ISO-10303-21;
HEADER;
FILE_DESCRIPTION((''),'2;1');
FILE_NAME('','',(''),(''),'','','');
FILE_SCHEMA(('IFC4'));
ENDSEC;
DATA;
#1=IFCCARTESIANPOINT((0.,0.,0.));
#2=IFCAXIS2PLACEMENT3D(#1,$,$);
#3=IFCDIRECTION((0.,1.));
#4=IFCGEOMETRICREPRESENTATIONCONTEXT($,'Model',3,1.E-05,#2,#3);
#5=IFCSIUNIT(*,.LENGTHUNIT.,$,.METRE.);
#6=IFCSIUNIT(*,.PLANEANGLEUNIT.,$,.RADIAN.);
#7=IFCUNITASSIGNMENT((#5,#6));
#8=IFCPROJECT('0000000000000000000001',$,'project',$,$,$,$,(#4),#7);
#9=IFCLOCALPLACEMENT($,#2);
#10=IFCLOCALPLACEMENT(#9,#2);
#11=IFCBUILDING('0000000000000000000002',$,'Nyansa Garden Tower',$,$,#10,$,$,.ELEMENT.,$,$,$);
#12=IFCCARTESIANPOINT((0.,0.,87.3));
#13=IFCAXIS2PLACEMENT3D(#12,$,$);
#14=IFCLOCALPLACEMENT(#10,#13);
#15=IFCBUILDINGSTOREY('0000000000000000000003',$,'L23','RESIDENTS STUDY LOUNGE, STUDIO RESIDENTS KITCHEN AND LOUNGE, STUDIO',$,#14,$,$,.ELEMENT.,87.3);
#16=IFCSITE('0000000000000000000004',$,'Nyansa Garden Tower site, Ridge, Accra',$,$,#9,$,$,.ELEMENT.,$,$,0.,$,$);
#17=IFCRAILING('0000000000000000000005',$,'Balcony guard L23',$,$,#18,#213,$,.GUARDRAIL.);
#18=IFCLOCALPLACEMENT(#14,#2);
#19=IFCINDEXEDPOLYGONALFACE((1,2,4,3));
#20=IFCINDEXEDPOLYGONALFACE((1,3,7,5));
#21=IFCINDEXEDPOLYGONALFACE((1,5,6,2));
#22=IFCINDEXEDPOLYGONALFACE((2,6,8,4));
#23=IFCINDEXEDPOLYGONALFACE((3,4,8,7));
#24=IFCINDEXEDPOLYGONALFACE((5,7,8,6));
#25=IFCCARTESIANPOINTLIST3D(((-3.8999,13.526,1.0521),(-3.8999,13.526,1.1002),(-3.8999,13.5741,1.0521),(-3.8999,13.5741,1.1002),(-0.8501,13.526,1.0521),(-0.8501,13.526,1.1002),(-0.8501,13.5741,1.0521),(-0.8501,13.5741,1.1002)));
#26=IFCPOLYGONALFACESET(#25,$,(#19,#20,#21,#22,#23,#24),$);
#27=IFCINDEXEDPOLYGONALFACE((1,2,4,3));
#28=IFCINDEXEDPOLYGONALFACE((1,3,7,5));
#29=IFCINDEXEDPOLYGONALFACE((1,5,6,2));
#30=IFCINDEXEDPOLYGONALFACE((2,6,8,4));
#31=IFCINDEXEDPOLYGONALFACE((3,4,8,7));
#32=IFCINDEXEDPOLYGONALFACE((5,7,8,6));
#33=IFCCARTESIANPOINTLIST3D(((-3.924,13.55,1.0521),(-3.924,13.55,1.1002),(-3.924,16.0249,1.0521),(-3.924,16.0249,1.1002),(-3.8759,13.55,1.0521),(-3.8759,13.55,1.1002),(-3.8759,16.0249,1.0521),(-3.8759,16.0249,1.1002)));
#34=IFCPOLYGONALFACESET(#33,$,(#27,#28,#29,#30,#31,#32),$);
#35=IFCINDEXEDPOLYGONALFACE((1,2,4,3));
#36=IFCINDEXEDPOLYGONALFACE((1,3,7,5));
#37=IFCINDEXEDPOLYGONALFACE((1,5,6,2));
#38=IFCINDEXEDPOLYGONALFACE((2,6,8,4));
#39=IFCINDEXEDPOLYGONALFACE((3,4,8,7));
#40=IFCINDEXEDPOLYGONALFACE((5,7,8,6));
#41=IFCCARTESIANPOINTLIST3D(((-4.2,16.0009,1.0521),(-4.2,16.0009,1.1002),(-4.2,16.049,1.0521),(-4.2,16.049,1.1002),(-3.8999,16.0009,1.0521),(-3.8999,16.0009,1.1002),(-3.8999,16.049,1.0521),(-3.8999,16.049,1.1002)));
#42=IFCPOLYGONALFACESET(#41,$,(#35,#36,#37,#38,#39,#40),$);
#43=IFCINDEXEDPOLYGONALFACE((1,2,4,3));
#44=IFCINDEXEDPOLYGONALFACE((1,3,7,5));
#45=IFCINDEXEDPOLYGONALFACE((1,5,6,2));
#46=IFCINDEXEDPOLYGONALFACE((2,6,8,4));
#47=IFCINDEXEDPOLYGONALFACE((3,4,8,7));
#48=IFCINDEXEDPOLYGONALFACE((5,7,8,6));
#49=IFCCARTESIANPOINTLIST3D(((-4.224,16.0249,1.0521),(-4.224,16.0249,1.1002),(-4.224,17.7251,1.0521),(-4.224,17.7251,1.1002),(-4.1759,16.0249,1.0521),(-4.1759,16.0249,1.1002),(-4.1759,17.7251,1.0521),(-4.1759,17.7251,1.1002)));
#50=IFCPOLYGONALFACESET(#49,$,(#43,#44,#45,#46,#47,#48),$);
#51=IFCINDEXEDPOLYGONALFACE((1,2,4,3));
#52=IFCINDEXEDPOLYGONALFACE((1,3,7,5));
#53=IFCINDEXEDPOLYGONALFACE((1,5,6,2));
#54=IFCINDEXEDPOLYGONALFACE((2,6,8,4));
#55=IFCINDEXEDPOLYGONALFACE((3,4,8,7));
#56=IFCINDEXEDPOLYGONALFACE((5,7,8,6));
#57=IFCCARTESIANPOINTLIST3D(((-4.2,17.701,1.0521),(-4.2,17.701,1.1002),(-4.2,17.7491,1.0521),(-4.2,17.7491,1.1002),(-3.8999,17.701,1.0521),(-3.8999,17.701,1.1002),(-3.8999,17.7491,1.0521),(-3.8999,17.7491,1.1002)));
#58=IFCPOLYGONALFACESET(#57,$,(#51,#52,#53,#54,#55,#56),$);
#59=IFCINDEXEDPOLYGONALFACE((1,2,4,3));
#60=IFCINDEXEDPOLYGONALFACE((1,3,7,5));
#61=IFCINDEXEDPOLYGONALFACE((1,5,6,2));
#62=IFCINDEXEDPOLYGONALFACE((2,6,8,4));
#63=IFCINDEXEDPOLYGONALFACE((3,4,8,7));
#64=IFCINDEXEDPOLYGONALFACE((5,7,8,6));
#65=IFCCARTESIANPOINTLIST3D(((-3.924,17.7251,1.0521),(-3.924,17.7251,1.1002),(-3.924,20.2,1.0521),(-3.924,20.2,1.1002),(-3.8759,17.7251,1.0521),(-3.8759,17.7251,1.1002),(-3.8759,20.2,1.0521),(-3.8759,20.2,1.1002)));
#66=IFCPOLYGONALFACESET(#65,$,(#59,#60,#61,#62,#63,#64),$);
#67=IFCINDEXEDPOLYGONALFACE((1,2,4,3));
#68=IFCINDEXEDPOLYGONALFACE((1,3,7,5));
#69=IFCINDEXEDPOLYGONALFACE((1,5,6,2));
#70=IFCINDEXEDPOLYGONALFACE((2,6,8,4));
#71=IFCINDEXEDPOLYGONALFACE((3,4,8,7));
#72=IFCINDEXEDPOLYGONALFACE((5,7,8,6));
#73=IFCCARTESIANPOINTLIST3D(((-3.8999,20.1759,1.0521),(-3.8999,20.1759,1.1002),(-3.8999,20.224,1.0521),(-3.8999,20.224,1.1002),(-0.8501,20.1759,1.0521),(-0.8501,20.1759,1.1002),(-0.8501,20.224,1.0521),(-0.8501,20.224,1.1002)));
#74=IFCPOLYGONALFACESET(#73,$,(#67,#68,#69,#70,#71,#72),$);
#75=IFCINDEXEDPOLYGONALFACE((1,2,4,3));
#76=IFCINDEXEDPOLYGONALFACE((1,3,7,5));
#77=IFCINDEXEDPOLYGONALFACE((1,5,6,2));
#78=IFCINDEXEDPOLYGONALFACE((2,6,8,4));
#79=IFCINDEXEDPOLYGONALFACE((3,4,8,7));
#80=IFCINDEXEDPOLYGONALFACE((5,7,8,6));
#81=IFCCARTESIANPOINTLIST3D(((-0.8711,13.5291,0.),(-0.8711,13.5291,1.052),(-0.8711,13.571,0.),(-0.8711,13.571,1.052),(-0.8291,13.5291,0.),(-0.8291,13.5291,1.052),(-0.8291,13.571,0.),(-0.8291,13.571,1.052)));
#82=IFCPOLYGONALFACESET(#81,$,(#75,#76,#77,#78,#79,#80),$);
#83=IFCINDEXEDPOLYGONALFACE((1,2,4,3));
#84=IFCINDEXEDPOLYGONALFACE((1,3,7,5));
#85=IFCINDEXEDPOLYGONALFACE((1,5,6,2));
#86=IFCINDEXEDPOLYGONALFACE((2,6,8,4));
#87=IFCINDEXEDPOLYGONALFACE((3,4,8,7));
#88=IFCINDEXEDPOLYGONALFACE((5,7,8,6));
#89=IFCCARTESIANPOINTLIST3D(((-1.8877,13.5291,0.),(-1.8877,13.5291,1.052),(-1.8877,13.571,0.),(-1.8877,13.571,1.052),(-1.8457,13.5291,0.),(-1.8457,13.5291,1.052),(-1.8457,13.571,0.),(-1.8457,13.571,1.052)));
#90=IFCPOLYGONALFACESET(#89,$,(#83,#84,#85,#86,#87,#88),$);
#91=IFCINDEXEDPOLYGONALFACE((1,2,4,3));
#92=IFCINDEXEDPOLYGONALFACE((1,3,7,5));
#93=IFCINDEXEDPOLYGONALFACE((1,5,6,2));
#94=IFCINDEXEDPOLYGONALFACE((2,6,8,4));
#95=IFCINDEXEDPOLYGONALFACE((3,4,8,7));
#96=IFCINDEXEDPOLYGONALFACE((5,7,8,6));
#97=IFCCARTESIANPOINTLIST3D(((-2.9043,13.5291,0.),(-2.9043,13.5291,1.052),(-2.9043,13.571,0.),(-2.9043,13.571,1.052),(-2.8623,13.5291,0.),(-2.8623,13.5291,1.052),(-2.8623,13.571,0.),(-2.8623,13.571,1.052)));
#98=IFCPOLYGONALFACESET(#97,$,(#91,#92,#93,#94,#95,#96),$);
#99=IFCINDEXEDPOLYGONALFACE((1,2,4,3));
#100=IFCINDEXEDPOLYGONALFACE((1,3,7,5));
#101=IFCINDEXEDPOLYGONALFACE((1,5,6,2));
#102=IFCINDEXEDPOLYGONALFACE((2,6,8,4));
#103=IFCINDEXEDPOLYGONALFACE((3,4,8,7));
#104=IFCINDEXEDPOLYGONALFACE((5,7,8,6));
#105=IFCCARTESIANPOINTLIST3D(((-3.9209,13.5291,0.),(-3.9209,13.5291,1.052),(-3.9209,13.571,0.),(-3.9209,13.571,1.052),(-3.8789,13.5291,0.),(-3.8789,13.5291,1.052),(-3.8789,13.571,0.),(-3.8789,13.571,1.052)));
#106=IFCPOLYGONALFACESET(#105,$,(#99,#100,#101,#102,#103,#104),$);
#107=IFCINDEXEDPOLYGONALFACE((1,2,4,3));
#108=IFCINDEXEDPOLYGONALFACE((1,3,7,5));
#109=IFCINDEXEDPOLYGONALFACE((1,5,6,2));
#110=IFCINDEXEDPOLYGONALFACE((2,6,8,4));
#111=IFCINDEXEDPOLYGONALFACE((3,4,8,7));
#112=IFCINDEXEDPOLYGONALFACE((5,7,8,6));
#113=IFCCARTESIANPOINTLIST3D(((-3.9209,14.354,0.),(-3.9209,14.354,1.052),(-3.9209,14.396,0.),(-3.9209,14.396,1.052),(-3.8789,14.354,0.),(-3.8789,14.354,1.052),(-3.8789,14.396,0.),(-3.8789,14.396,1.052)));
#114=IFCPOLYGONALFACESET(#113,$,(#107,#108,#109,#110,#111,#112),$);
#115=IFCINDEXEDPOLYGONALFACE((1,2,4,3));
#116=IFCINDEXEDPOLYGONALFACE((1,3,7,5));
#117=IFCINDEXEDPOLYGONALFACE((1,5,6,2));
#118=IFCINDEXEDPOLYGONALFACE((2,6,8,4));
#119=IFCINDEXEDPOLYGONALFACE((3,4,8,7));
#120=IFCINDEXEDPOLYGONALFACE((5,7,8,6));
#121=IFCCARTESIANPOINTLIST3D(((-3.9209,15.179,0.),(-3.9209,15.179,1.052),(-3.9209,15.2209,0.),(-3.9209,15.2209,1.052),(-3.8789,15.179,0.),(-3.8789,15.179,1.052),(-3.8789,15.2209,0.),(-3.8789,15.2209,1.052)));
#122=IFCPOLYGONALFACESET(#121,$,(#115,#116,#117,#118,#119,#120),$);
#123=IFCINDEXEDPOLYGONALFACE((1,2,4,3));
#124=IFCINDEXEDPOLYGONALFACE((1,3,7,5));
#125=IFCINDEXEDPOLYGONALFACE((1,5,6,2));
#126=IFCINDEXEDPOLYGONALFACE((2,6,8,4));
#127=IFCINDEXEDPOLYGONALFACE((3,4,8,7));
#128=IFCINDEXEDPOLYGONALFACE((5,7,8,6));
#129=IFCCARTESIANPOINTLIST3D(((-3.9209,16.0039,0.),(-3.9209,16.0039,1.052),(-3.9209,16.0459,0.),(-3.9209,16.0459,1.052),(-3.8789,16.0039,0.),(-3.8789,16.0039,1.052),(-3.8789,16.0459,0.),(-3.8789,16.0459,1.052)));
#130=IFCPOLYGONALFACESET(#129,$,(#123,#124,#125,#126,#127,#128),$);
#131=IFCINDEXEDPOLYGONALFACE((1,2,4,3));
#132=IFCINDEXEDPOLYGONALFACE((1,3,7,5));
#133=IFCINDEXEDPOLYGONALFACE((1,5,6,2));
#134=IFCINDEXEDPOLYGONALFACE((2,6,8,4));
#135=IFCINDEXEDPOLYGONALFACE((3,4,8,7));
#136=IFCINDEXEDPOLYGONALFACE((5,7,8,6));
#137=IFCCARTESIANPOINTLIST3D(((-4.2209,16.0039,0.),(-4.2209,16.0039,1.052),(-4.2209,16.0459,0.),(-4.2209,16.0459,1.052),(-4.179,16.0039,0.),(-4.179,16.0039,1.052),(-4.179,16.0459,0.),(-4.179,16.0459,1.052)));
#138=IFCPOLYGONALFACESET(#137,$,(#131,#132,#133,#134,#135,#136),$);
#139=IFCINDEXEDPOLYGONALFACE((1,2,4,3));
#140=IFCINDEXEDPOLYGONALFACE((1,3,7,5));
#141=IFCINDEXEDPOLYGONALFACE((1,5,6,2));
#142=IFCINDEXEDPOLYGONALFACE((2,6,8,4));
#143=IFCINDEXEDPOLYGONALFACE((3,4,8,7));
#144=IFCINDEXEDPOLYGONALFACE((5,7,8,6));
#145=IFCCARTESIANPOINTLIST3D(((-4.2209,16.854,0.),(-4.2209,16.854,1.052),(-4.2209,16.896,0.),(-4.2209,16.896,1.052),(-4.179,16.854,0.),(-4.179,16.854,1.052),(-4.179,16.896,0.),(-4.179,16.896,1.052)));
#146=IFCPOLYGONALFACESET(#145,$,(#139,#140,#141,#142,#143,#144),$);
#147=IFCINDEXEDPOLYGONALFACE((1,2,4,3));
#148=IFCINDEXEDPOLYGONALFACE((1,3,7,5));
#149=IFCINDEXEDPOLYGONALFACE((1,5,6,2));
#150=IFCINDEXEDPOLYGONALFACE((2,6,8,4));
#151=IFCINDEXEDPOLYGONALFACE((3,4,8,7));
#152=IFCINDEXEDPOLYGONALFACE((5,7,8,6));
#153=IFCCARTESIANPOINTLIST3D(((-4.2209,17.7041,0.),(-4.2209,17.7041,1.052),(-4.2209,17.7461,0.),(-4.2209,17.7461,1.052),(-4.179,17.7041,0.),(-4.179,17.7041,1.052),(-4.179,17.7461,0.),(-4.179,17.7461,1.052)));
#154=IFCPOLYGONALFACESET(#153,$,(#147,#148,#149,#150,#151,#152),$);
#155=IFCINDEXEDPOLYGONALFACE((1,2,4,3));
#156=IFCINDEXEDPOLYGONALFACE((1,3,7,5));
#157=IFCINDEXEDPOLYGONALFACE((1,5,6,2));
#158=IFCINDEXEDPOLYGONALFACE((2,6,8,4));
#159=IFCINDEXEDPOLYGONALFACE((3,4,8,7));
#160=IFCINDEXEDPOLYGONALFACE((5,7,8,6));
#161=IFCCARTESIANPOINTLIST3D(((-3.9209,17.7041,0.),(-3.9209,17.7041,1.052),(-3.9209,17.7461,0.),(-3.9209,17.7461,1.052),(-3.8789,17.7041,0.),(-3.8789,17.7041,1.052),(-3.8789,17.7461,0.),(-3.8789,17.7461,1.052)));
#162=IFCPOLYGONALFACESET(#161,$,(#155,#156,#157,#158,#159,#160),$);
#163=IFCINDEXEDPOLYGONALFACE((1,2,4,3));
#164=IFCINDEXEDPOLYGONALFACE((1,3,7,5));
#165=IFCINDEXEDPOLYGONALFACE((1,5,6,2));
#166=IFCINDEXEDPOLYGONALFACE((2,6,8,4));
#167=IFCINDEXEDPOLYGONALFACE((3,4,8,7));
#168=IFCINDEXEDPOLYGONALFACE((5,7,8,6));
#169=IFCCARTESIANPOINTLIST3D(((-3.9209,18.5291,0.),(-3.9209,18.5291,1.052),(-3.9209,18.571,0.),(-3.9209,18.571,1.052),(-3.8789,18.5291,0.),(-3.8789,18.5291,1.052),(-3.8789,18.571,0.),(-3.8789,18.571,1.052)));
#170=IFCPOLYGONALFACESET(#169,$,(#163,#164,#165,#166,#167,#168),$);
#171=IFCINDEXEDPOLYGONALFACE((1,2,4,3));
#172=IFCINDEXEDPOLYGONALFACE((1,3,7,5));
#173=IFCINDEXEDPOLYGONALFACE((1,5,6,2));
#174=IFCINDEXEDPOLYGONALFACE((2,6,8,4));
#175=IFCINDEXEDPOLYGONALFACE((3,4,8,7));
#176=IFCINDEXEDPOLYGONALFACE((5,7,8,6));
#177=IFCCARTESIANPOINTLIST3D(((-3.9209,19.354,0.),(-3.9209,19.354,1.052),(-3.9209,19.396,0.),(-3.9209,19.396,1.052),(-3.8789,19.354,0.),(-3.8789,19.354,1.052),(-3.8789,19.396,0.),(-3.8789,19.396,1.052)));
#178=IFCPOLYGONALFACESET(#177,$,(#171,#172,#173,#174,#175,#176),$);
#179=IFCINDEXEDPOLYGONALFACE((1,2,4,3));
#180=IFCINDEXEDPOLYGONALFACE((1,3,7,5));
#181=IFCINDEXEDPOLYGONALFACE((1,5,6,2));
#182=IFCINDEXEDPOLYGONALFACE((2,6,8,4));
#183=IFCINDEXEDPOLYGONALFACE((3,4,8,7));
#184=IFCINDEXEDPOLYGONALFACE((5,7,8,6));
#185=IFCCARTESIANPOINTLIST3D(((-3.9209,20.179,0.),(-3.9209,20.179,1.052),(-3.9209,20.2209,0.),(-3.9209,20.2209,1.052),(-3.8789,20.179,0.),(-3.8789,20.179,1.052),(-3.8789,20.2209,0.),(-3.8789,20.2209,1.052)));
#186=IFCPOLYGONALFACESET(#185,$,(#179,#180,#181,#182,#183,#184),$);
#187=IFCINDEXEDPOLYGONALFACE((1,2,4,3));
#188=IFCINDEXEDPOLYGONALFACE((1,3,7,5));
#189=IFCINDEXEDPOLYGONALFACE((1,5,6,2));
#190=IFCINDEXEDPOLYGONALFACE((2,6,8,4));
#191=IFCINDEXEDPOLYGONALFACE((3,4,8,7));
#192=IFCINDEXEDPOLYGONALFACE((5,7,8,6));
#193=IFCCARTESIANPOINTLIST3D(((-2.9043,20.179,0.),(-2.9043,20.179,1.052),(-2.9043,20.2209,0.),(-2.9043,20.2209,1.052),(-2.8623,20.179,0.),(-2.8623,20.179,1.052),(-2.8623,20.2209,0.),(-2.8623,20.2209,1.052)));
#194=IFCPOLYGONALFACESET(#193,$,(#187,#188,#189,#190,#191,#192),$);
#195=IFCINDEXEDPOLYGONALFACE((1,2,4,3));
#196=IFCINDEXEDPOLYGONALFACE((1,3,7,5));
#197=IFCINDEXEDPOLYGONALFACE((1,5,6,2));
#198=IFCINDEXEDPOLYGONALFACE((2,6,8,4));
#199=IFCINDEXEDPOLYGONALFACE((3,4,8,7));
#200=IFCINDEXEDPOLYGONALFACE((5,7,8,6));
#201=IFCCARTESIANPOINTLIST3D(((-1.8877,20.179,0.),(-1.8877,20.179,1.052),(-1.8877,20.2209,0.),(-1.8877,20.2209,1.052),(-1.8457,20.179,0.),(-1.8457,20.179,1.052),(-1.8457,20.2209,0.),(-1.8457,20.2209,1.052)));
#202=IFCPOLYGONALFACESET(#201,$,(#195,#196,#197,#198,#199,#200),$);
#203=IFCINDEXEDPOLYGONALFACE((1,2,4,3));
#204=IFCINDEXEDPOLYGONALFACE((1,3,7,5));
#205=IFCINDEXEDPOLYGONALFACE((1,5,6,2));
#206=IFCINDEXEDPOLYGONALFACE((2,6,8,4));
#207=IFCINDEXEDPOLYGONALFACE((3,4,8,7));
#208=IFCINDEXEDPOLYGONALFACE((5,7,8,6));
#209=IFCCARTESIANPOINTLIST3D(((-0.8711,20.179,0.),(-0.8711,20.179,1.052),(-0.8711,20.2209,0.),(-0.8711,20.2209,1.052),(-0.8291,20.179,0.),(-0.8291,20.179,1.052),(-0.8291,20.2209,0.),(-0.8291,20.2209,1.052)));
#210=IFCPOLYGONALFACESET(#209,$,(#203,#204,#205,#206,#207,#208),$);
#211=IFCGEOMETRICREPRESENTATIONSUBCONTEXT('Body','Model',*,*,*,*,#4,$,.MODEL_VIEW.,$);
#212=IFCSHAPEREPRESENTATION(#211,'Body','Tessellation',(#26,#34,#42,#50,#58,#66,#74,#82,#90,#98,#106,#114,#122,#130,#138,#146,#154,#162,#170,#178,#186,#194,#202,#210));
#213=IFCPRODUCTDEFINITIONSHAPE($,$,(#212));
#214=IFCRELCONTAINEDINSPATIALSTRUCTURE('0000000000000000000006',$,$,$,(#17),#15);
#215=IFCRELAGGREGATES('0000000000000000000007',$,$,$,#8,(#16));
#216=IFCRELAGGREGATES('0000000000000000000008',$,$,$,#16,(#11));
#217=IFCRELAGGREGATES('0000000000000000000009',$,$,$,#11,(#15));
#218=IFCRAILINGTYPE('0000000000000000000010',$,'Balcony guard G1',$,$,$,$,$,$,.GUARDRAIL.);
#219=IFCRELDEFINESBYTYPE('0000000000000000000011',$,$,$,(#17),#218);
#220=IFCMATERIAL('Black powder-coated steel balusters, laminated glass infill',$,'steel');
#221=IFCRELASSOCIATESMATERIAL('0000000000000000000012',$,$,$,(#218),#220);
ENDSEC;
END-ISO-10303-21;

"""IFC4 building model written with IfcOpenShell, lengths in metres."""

from ifc_helpers import new_model, si_unit, direction, frame, origin, origin_2d, place, context, subcontext, project, spatial, rectangle, extrude, material, type_object, element, save


model = new_model("IFC4")

# Units and contexts
model_context = context("Model", 3, precision=1e-05, world=origin(), true_north=direction((0.0, 1.0)))
body_context = subcontext(model_context, "Body", "Model", "MODEL_VIEW")
ifc_project = project(units=[si_unit("LENGTHUNIT", "METRE"), si_unit("PLANEANGLEUNIT", "RADIAN")], contexts=[model_context])

# Site, building, storey
site_placement = place(None, origin())
site = spatial("IfcSite", under=ifc_project, at=site_placement, Name="Nyansa Garden Tower site, Ridge, Accra", CompositionType="ELEMENT", RefElevation=0.0)
building_placement = place(site_placement, origin())
building = spatial("IfcBuilding", under=site, at=building_placement, Name="Nyansa Garden Tower", CompositionType="ELEMENT")
storey_placement = place(building_placement, frame((0.0, 0.0, 87.3)))
storey = spatial("IfcBuildingStorey", under=building, at=storey_placement, Name="L23", Description="RESIDENTS STUDY LOUNGE, STUDIO RESIDENTS KITCHEN AND LOUNGE, STUDIO", CompositionType="ELEMENT", Elevation=87.3)

# Railing
ifc_material_1 = material(Name="Black powder-coated steel balusters, laminated glass infill", Category="steel")
railing_type = type_object("IfcRailingType", Name="Balcony guard G1", PredefinedType="GUARDRAIL", material=ifc_material_1)
railing_placement = place(storey_placement, frame((-0.8501, 13.55, 0.0)))
element("IfcRailing", 1, at=railing_placement, inside=storey, type_object=railing_type, Name="Balcony guard L23", PredefinedType="GUARDRAIL", context=body_context, shape_type="SweptSolid", body=[
    extrude(rectangle(XDim=0.0481, YDim=0.0481, at=origin_2d()), frame((0.0, 0.0, 1.0762), z_axis=(-1.0, 0.0, 0.0), x_axis=(0.0, -1.0, 0.0)), (0.0, 0.0, 1.0), 3.0498),
    extrude(rectangle(XDim=0.0481, YDim=0.0481, at=origin_2d()), frame((-3.0498, 0.0, 1.0762), z_axis=(0.0, 1.0, 0.0), x_axis=(-1.0, 0.0, 0.0)), (0.0, 0.0, 1.0), 2.4749),
    extrude(rectangle(XDim=0.0481, YDim=0.0481, at=origin_2d()), frame((-3.0498, 2.4749, 1.0762), z_axis=(-1.0, 0.0, 0.0), x_axis=(0.0, -1.0, 0.0)), (0.0, 0.0, 1.0), 0.3),
    extrude(rectangle(XDim=0.0481, YDim=0.0481, at=origin_2d()), frame((-3.3499, 2.4749, 1.0762), z_axis=(0.0, 1.0, 0.0), x_axis=(-1.0, 0.0, 0.0)), (0.0, 0.0, 1.0), 1.7002),
    extrude(rectangle(XDim=0.0481, YDim=0.0481, at=origin_2d()), frame((-3.3499, 4.175, 1.0762), z_axis=(1.0, 0.0, 0.0), x_axis=(0.0, 1.0, 0.0)), (0.0, 0.0, 1.0), 0.3),
    extrude(rectangle(XDim=0.0481, YDim=0.0481, at=origin_2d()), frame((-3.0498, 4.175, 1.0762), z_axis=(0.0, 1.0, 0.0), x_axis=(-1.0, 0.0, 0.0)), (0.0, 0.0, 1.0), 2.4749),
    extrude(rectangle(XDim=0.0481, YDim=0.0481, at=origin_2d()), frame((-3.0498, 6.6499, 1.0762), z_axis=(1.0, 0.0, 0.0), x_axis=(0.0, 1.0, 0.0)), (0.0, 0.0, 1.0), 3.0498),
    extrude(rectangle(XDim=0.042, YDim=0.042, at=origin_2d()), origin(), (0.0, 0.0, 1.0), 1.052),
    extrude(rectangle(XDim=0.042, YDim=0.042, at=origin_2d()), frame((-1.0166, 0.0, 0.0)), (0.0, 0.0, 1.0), 1.052),
    extrude(rectangle(XDim=0.042, YDim=0.042, at=origin_2d()), frame((-2.0332, 0.0, 0.0)), (0.0, 0.0, 1.0), 1.052),
    extrude(rectangle(XDim=0.042, YDim=0.042, at=origin_2d()), frame((-3.0498, 0.0, 0.0)), (0.0, 0.0, 1.0), 1.052),
    extrude(rectangle(XDim=0.042, YDim=0.042, at=origin_2d()), frame((-3.0498, 0.825, 0.0)), (0.0, 0.0, 1.0), 1.052),
    extrude(rectangle(XDim=0.042, YDim=0.042, at=origin_2d()), frame((-3.0498, 1.6499, 0.0)), (0.0, 0.0, 1.0), 1.052),
    extrude(rectangle(XDim=0.042, YDim=0.042, at=origin_2d()), frame((-3.0498, 2.4749, 0.0)), (0.0, 0.0, 1.0), 1.052),
    extrude(rectangle(XDim=0.042, YDim=0.042, at=origin_2d()), frame((-3.3499, 2.4749, 0.0)), (0.0, 0.0, 1.0), 1.052),
    extrude(rectangle(XDim=0.042, YDim=0.042, at=origin_2d()), frame((-3.3499, 3.325, 0.0)), (0.0, 0.0, 1.0), 1.052),
    extrude(rectangle(XDim=0.042, YDim=0.042, at=origin_2d()), frame((-3.3499, 4.175, 0.0)), (0.0, 0.0, 1.0), 1.052),
    extrude(rectangle(XDim=0.042, YDim=0.042, at=origin_2d()), frame((-3.0498, 4.175, 0.0)), (0.0, 0.0, 1.0), 1.052),
    extrude(rectangle(XDim=0.042, YDim=0.042, at=origin_2d()), frame((-3.0498, 5.0, 0.0)), (0.0, 0.0, 1.0), 1.052),
    extrude(rectangle(XDim=0.042, YDim=0.042, at=origin_2d()), frame((-3.0498, 5.825, 0.0)), (0.0, 0.0, 1.0), 1.052),
    extrude(rectangle(XDim=0.042, YDim=0.042, at=origin_2d()), frame((-3.0498, 6.6499, 0.0)), (0.0, 0.0, 1.0), 1.052),
    extrude(rectangle(XDim=0.042, YDim=0.042, at=origin_2d()), frame((-2.0332, 6.6499, 0.0)), (0.0, 0.0, 1.0), 1.052),
    extrude(rectangle(XDim=0.042, YDim=0.042, at=origin_2d()), frame((-1.0166, 6.6499, 0.0)), (0.0, 0.0, 1.0), 1.052),
    extrude(rectangle(XDim=0.042, YDim=0.042, at=origin_2d()), frame((0.0, 6.6499, 0.0)), (0.0, 0.0, 1.0), 1.052),
])

save(model, "model.ifc")
